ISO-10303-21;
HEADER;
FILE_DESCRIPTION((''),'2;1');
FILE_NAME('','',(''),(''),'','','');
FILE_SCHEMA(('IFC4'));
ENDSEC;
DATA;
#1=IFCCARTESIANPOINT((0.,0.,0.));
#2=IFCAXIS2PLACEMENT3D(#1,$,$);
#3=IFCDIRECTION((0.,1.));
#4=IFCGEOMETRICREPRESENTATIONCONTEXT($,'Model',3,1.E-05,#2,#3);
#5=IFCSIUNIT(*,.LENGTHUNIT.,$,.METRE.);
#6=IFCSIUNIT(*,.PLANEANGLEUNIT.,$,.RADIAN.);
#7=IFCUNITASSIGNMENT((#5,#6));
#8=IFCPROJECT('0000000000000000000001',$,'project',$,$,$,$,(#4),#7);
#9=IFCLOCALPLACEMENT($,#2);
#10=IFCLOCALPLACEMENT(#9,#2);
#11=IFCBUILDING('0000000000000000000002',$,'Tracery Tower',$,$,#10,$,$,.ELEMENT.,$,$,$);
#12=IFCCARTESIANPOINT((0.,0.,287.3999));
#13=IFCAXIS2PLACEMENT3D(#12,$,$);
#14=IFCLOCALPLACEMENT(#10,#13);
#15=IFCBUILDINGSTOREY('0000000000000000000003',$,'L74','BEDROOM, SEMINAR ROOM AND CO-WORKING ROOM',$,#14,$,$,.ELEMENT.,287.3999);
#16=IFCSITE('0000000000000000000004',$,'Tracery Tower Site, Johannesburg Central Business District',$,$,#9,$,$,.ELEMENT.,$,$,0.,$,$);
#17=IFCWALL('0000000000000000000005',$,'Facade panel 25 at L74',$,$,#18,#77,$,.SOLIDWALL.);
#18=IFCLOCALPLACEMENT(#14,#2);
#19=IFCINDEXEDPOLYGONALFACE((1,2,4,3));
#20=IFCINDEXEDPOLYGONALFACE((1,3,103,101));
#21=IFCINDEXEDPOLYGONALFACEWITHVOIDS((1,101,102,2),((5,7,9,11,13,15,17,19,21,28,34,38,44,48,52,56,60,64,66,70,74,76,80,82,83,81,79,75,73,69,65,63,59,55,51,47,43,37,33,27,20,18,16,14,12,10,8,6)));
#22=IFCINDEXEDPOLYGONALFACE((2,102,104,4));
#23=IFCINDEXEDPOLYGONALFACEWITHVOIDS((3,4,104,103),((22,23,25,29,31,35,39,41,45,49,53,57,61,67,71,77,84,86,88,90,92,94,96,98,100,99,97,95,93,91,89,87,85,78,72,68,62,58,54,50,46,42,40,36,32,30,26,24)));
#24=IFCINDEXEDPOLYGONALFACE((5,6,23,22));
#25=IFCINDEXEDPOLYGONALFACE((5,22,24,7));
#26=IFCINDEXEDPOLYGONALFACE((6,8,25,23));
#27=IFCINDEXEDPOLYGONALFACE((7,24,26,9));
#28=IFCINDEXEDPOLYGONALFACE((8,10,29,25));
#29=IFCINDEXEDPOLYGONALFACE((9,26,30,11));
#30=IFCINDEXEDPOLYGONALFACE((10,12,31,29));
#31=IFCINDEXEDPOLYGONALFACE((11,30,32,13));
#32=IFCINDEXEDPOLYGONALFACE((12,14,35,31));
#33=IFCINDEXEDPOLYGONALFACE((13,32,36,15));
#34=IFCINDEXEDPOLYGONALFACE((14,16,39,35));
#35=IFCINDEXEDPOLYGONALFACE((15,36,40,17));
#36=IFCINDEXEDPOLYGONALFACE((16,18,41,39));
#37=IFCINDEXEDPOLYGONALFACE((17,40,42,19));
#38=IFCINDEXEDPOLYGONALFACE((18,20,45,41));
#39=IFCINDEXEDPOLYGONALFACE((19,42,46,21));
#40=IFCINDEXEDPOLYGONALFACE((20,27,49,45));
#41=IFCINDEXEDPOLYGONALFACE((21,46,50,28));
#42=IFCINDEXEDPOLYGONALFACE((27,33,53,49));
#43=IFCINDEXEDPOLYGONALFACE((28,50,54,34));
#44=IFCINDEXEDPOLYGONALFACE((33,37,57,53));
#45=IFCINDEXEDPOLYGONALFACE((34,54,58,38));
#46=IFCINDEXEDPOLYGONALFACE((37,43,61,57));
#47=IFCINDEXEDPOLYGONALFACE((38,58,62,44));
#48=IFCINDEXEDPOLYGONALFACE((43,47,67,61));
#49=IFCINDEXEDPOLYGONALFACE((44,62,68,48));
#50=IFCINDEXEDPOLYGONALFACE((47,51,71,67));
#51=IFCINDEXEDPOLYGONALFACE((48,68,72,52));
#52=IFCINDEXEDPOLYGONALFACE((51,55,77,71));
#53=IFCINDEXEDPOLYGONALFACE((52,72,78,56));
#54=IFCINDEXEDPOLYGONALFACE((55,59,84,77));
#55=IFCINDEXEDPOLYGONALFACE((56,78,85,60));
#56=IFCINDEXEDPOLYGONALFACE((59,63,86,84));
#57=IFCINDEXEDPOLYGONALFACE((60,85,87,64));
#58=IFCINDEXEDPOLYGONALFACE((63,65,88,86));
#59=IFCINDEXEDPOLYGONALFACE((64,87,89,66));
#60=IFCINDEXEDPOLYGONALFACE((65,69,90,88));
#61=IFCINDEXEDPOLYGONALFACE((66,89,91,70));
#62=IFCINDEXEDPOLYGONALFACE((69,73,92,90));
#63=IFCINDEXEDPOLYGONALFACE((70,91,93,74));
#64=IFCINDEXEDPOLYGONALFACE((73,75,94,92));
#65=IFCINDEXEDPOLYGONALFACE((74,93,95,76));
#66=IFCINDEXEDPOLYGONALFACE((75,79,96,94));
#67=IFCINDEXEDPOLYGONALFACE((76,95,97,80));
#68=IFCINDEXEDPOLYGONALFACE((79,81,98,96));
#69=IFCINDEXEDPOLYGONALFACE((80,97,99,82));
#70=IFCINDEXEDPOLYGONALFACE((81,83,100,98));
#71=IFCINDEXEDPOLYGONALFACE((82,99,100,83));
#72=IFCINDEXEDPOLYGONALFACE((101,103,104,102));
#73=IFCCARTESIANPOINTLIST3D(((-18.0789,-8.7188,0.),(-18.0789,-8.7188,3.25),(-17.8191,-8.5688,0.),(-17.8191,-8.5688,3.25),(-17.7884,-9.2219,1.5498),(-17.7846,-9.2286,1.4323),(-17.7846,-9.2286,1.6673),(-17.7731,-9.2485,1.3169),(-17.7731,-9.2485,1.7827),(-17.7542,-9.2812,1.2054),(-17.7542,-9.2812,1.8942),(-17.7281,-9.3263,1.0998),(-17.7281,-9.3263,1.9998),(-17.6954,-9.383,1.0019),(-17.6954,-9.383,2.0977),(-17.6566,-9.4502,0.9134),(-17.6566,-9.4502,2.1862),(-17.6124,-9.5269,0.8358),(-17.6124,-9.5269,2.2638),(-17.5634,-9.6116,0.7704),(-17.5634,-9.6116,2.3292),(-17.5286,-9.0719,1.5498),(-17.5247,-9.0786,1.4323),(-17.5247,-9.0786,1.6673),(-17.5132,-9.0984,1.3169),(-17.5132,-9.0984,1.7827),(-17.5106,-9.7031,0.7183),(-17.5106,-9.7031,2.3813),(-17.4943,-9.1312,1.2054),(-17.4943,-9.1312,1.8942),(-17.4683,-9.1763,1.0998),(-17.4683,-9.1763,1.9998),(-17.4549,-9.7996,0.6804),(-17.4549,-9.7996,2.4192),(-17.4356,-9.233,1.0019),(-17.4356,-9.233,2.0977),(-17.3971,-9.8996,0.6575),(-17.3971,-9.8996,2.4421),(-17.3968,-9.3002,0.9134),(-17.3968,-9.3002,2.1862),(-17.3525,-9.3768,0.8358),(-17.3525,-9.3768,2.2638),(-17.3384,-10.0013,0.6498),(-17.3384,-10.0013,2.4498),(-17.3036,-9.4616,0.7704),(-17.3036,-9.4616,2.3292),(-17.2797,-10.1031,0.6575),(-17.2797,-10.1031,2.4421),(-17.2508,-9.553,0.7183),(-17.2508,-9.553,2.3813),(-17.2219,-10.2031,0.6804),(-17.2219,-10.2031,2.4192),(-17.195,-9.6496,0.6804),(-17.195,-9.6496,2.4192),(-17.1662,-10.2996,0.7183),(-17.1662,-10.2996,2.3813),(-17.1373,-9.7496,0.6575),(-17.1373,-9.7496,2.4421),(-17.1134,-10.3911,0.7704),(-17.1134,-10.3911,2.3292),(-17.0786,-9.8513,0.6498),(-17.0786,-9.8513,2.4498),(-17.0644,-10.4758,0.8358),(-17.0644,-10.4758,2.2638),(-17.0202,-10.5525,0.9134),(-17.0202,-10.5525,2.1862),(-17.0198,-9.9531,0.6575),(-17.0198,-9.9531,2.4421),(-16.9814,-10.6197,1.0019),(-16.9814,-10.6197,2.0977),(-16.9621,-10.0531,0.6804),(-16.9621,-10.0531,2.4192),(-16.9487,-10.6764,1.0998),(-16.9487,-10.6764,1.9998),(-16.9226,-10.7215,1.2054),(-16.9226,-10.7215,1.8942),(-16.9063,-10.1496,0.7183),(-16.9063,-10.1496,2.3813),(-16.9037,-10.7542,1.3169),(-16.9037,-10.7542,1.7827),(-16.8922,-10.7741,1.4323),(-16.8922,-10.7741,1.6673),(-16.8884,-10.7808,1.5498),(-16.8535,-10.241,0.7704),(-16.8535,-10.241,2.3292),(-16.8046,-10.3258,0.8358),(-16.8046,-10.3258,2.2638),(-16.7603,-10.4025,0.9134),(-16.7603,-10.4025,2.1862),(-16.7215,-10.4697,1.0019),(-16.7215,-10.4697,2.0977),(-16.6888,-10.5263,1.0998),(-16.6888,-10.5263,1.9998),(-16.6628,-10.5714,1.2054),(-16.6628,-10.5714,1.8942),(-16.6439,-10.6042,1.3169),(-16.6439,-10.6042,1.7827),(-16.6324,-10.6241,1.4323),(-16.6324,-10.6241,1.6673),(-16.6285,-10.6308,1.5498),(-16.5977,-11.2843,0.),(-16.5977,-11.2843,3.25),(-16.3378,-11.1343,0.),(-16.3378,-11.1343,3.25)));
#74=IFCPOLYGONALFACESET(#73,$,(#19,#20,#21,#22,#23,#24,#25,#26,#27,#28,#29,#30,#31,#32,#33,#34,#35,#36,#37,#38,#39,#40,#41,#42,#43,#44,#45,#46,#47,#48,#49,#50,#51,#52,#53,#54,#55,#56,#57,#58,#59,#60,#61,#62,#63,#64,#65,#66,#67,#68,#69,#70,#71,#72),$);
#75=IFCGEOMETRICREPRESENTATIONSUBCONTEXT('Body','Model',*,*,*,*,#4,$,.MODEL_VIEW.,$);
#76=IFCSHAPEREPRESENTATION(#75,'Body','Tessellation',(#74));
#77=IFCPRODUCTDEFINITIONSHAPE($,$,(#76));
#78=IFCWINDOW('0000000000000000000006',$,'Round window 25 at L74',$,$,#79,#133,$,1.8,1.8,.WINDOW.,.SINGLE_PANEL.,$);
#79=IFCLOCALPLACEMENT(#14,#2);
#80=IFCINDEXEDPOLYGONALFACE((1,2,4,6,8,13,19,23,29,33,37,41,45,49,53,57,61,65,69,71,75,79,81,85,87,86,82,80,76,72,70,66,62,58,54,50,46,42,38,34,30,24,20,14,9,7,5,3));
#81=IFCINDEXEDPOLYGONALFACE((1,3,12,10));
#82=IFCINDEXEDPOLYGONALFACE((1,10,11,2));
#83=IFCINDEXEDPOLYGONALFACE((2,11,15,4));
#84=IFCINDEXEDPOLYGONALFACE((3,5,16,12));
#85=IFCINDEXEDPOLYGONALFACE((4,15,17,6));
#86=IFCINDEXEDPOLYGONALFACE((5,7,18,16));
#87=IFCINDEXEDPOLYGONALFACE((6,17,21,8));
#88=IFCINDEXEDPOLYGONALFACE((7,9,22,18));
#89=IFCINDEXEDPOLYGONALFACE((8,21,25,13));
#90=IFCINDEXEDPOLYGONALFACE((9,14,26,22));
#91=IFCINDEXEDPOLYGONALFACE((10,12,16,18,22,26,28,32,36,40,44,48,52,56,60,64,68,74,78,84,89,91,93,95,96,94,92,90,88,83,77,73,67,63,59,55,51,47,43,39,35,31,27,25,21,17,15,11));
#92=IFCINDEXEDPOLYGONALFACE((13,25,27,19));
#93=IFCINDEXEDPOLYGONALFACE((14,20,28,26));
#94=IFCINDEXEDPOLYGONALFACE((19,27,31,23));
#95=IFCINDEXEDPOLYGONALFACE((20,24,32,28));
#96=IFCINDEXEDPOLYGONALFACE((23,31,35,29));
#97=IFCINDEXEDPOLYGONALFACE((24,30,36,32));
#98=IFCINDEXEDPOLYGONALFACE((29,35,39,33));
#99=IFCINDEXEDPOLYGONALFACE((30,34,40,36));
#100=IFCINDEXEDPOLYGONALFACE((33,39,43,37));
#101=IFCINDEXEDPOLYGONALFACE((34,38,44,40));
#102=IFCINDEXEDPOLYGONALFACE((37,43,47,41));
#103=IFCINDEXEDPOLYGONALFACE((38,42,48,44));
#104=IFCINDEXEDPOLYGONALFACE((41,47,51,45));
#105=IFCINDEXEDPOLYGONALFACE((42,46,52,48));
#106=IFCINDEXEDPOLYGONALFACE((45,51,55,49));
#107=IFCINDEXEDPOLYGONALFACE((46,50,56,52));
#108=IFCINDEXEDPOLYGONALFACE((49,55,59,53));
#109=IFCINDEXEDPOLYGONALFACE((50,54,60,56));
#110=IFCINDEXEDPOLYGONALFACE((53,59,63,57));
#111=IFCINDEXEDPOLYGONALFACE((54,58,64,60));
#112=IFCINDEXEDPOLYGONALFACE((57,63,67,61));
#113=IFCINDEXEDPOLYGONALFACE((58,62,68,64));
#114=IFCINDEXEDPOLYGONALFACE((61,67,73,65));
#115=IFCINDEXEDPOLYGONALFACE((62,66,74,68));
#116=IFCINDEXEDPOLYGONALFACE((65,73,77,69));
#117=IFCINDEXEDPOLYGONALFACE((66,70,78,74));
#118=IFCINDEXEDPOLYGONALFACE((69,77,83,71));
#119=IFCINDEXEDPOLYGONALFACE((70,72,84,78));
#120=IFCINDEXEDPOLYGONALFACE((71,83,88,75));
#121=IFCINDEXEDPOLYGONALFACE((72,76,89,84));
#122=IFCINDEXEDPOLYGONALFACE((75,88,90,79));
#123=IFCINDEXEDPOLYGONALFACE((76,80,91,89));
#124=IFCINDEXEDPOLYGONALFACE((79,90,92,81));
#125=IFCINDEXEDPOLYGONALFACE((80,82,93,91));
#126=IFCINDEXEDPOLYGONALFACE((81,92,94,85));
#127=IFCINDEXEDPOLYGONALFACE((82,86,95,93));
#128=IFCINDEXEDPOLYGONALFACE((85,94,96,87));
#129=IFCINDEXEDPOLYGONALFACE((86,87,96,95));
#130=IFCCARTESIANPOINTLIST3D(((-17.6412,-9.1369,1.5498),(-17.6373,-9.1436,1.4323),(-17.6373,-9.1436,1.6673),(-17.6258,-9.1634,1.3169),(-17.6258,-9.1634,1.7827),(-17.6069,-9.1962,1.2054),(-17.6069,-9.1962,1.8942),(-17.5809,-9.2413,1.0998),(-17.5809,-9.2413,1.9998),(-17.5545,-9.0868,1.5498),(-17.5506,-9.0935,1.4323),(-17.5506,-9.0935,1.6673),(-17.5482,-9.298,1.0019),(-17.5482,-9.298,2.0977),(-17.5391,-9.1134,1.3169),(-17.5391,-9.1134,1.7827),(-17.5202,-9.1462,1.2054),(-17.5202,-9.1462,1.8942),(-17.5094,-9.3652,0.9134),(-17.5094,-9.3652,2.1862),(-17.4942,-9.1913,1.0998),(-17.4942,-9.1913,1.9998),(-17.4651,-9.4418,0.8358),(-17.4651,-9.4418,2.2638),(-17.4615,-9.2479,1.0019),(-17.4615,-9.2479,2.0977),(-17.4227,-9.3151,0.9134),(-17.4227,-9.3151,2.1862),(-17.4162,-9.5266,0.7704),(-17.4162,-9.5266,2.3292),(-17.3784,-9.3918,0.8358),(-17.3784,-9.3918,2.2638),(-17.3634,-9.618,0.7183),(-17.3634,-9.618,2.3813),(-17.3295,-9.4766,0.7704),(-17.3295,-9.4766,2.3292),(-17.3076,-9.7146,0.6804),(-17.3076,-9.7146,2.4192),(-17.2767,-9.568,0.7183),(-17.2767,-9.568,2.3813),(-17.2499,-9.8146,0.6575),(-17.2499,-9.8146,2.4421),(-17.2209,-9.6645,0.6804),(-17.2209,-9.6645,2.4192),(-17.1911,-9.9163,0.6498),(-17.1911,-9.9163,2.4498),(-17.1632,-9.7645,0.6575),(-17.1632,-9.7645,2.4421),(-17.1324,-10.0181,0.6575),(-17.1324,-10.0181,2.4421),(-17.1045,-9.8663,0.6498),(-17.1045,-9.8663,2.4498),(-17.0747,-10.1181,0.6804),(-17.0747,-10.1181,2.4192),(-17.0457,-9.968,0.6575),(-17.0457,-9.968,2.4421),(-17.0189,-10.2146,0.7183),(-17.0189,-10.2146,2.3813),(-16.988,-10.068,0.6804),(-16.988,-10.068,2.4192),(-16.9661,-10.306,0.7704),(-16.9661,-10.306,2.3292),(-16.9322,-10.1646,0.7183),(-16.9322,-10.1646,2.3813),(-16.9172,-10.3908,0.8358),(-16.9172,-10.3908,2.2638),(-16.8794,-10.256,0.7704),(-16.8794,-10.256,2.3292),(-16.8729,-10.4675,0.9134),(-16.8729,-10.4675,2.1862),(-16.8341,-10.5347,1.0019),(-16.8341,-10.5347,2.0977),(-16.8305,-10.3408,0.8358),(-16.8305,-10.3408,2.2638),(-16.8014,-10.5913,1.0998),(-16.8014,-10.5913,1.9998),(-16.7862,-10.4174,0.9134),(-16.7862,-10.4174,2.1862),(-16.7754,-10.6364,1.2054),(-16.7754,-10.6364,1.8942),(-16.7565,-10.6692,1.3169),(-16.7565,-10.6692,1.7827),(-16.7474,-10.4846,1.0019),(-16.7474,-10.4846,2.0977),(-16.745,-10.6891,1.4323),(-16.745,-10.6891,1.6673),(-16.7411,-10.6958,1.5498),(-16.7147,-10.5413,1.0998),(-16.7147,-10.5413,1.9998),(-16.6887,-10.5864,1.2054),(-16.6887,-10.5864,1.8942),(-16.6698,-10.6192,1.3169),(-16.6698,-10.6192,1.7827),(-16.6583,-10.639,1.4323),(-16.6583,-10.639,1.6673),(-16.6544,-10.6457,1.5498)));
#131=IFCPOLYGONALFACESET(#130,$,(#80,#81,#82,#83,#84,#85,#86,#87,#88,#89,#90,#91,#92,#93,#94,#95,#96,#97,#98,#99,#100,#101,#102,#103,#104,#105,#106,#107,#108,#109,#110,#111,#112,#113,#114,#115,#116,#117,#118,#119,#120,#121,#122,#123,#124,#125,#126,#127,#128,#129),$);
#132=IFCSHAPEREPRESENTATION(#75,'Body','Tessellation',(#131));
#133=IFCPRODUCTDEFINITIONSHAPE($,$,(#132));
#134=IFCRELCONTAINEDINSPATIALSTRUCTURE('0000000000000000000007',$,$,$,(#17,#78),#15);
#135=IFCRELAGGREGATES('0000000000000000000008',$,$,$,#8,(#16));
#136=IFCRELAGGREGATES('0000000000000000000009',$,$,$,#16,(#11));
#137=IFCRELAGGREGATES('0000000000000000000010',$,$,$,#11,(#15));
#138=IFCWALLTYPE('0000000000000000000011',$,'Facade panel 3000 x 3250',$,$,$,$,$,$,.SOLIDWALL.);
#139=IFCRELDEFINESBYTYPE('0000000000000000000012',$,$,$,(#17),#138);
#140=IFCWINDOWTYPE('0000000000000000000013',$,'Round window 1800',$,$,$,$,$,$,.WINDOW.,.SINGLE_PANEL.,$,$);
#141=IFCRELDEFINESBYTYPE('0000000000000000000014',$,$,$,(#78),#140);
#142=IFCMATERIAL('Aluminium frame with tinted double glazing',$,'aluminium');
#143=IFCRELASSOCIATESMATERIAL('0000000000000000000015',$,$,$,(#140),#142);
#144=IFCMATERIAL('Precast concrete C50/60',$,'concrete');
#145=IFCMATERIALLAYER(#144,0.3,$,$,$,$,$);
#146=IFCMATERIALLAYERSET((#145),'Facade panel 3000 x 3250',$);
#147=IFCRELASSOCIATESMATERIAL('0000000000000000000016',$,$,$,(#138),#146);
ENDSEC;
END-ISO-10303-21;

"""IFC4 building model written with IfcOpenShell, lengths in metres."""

from ifc_helpers import new_model, si_unit, direction, frame, frame_2d, origin, origin_2d, place, context, subcontext, project, spatial, rectangle, circle, extrude, material, layer, layer_set, type_object, element, fill, save


model = new_model("IFC4")

# Units and contexts
model_context = context("Model", 3, precision=1e-05, world=origin(), true_north=direction((0.0, 1.0)))
body_context = subcontext(model_context, "Body", "Model", "MODEL_VIEW")
ifc_project = project(units=[si_unit("LENGTHUNIT", "METRE"), si_unit("PLANEANGLEUNIT", "RADIAN")], contexts=[model_context])

# Site, building, storey
site_placement = place(None, origin())
site = spatial("IfcSite", under=ifc_project, at=site_placement, Name="Tracery Tower Site, Johannesburg Central Business District", CompositionType="ELEMENT", RefElevation=0.0)
building_placement = place(site_placement, origin())
building = spatial("IfcBuilding", under=site, at=building_placement, Name="Tracery Tower", CompositionType="ELEMENT")
storey_placement = place(building_placement, frame((0.0, 0.0, 287.3999)))
storey = spatial("IfcBuildingStorey", under=building, at=storey_placement, Name="L74", Description="BEDROOM, SEMINAR ROOM AND CO-WORKING ROOM", CompositionType="ELEMENT", Elevation=287.3999)

# Wall, opening, window
ifc_material_1 = material(Name="Aluminium frame with tinted double glazing", Category="aluminium")
window_type = type_object("IfcWindowType", Name="Round window 1800", PartitioningType="SINGLE_PANEL", PredefinedType="WINDOW", material=ifc_material_1)
ifc_material_2 = material(Name="Precast concrete C50/60", Category="concrete")
ifc_layer_1 = layer(ifc_material_2, 0.3)
ifc_layer_set_1 = layer_set([ifc_layer_1], Name="Facade panel 3000 x 3250")
wall_type_1 = type_object("IfcWallType", Name="Facade panel 3000 x 3250", PredefinedType="SOLIDWALL", material=ifc_layer_set_1)
wall_1_placement = place(storey_placement, frame((-17.949, -8.6438, 0.0), z_axis=(0.0, 0.0, 1.0), x_axis=(0.500013, -0.866018, 0.0)))
wall_1 = element("IfcWall", 1, at=wall_1_placement, inside=storey, type_object=wall_type_1, Name="Facade panel 25 at L74", PredefinedType="SOLIDWALL", context=body_context, shape_type="SweptSolid", body=[
    extrude(rectangle(XDim=2.9624, YDim=0.3, at=frame_2d((1.4812, 0.0))), origin(), (0.0, 0.0, 1.0), 3.25),
])
opening_1_placement = place(wall_1_placement, frame((1.481, 0.0, 1.5498)))
opening_1 = element("IfcOpeningElement", 2, at=opening_1_placement, cuts=wall_1, PredefinedType="OPENING", context=body_context, shape_type="SweptSolid", body=[
    extrude(circle(Radius=0.9, at=origin_2d()), frame((0.0, 0.1599, 0.0), z_axis=(0.0, -1.0, 0.0), x_axis=(1.0, 0.0, 0.0)), (0.0, 0.0, 1.0), 0.3201),
])
window_1_placement = place(opening_1_placement, origin())
window_1 = element("IfcWindow", 3, at=window_1_placement, inside=storey, type_object=window_type, Name="Round window 25 at L74", OverallHeight=1.8, OverallWidth=1.8, PartitioningType="SINGLE_PANEL", PredefinedType="WINDOW", context=body_context, shape_type="SweptSolid", body=[
    extrude(circle(Radius=0.9, at=origin_2d()), frame((0.0, 0.1201, 0.0), z_axis=(0.0, -1.0, 0.0), x_axis=(1.0, 0.0, 0.0)), (0.0, 0.0, 1.0), 0.1001),
])
fill(opening_1, window_1)

save(model, "model.ifc")
